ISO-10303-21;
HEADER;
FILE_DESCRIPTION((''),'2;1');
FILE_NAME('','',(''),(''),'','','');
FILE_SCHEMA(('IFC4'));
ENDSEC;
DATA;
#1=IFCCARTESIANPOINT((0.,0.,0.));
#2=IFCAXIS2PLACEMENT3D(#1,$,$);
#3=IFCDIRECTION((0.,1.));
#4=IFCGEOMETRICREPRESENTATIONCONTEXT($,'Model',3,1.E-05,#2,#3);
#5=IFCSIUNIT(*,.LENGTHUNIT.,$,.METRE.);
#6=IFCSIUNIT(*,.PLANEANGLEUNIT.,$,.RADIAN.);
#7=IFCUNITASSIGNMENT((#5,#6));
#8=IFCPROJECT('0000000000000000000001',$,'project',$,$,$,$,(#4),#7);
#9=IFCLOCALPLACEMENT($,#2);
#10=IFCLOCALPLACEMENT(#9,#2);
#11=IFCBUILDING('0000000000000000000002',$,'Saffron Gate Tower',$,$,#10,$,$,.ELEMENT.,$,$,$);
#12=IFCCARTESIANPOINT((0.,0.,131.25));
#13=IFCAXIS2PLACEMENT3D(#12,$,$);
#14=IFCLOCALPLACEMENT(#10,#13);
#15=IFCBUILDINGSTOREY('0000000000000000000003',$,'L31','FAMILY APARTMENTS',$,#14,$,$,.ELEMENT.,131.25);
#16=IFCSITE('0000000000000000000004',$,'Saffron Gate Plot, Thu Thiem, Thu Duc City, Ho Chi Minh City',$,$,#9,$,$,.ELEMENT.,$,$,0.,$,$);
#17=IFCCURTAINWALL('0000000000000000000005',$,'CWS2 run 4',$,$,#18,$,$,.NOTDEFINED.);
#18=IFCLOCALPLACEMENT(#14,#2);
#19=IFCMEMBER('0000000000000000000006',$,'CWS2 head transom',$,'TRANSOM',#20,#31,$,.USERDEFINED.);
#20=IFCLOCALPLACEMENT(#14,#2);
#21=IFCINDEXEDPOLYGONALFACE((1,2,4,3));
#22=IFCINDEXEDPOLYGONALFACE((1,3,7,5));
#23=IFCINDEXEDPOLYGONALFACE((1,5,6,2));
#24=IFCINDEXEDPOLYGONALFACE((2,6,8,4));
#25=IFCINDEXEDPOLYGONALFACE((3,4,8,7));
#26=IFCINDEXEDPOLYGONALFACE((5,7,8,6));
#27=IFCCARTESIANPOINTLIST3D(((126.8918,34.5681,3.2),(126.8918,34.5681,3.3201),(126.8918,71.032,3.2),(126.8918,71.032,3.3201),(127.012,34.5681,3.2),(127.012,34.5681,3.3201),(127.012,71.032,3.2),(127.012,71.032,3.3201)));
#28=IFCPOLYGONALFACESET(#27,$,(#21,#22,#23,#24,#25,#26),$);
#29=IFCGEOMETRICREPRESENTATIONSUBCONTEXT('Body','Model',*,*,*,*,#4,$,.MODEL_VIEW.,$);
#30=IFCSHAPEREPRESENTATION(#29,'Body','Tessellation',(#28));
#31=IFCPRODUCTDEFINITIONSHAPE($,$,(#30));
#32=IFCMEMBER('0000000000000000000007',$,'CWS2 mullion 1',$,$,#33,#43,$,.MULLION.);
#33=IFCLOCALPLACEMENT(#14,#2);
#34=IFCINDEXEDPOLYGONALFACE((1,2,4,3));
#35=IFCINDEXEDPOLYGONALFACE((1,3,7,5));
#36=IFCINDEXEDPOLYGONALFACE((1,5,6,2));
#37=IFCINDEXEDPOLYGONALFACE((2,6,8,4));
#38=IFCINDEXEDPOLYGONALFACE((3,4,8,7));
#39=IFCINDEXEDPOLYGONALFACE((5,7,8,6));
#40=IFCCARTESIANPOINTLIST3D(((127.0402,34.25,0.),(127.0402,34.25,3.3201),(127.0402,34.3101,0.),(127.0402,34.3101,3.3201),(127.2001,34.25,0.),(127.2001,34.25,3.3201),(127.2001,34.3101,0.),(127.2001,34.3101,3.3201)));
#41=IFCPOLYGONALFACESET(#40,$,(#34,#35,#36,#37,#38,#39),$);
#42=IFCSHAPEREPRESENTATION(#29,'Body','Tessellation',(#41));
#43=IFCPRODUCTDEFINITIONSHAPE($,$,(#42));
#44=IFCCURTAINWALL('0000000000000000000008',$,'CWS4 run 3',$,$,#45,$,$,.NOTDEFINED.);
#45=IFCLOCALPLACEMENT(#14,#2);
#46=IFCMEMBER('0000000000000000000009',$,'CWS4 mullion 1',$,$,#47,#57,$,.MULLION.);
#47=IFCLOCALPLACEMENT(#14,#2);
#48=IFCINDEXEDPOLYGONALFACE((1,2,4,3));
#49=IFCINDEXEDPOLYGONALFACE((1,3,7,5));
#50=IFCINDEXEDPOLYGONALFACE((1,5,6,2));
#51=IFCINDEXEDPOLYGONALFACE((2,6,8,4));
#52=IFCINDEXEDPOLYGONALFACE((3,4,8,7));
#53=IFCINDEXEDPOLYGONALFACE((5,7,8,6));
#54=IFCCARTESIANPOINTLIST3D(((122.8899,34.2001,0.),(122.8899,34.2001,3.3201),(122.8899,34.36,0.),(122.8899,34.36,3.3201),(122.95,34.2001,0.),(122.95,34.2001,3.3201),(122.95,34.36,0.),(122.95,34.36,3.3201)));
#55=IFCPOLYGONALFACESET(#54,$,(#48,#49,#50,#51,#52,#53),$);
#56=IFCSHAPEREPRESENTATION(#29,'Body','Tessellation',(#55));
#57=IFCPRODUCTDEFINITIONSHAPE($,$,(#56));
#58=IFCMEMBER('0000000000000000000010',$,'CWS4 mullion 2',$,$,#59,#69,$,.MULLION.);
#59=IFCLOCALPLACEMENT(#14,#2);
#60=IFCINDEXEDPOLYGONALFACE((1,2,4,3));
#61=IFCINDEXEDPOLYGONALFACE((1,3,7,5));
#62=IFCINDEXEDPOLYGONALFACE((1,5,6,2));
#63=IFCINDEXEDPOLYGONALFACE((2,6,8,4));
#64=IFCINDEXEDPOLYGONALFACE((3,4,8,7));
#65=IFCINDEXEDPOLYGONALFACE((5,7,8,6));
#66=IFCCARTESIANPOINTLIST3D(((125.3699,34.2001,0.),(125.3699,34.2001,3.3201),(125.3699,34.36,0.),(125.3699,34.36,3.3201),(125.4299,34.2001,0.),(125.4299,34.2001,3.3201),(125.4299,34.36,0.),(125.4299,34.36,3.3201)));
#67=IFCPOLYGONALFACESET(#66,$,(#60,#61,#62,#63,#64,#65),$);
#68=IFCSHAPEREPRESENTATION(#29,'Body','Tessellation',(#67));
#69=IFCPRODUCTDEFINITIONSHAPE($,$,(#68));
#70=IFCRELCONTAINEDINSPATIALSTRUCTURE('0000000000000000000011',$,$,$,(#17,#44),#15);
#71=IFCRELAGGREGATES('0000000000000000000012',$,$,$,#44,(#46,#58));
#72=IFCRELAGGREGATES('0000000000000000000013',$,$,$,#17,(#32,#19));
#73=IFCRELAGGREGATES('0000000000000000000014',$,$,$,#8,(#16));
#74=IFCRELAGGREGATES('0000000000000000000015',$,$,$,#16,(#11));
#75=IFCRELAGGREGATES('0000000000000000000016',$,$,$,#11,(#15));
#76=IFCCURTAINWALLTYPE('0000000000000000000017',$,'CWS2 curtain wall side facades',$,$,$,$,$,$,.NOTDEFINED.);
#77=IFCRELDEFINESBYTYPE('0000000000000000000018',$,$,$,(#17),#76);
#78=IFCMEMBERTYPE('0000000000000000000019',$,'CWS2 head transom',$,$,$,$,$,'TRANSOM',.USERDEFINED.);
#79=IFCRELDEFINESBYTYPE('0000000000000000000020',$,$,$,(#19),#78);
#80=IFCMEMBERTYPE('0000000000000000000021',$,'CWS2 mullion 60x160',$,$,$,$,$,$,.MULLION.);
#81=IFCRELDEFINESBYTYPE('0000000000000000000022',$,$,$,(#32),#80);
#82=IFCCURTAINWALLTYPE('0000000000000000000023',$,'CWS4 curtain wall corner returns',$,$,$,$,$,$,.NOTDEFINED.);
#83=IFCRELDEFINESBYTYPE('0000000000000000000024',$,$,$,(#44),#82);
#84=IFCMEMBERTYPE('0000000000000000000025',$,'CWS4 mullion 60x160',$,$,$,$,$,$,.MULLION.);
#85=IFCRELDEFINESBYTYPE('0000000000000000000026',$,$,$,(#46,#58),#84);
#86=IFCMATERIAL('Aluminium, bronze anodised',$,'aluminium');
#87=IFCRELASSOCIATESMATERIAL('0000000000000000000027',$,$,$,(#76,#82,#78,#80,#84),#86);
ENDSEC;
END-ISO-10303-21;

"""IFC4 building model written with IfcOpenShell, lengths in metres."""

from ifc_helpers import new_model, si_unit, direction, frame, origin, origin_2d, place, context, subcontext, project, spatial, rectangle, extrude, material, material_profile, profile_set, type_object, element, aggregate, save


model = new_model("IFC4")

# Units and contexts
model_context = context("Model", 3, precision=1e-05, world=origin(), true_north=direction((0.0, 1.0)))
body_context = subcontext(model_context, "Body", "Model", "MODEL_VIEW")
ifc_project = project(units=[si_unit("LENGTHUNIT", "METRE"), si_unit("PLANEANGLEUNIT", "RADIAN")], contexts=[model_context])

# Site, building, storey
site_placement = place(None, origin())
site = spatial("IfcSite", under=ifc_project, at=site_placement, Name="Saffron Gate Plot, Thu Thiem, Thu Duc City, Ho Chi Minh City", CompositionType="ELEMENT", RefElevation=0.0)
building_placement = place(site_placement, origin())
building = spatial("IfcBuilding", under=site, at=building_placement, Name="Saffron Gate Tower", CompositionType="ELEMENT")
storey_placement = place(building_placement, frame((0.0, 0.0, 131.25)))
storey = spatial("IfcBuildingStorey", under=building, at=storey_placement, Name="L31", Description="FAMILY APARTMENTS", CompositionType="ELEMENT", Elevation=131.25)

# Curtain walls, members
ifc_material_1 = material(Name="Aluminium, bronze anodised", Category="aluminium")
curtain_wall_type_1 = type_object("IfcCurtainWallType", Name="CWS2 curtain wall side facades", PredefinedType="NOTDEFINED", material=ifc_material_1)
curtain_wall_1_placement = place(storey_placement, origin())
curtain_wall_1 = element("IfcCurtainWall", 1, at=curtain_wall_1_placement, inside=storey, type_object=curtain_wall_type_1, Name="CWS2 run 4", PredefinedType="NOTDEFINED")
ifc_material_profile_1 = material_profile(ifc_material_1, rectangle(XDim=0.1201, YDim=0.1201, at=origin_2d()))
ifc_profile_set_1 = profile_set([ifc_material_profile_1], Name="Aluminium, bronze anodised")
member_type_1 = type_object("IfcMemberType", Name="CWS2 head transom", ElementType="TRANSOM", PredefinedType="USERDEFINED", material=ifc_profile_set_1)
member_1_placement = place(storey_placement, frame((126.9519, 34.5681, 3.26), z_axis=(0.0, 1.0, 0.0), x_axis=(-1.0, 0.0, 0.0)))
member_1 = element("IfcMember", 2, at=member_1_placement, type_object=member_type_1, Name="CWS2 head transom", ObjectType="TRANSOM", PredefinedType="USERDEFINED", context=body_context, shape_type="SweptSolid", body=[
    extrude(rectangle(XDim=0.1201, YDim=0.1201, at=origin_2d()), origin(), (0.0, 0.0, 1.0), 36.4639),
])
ifc_material_profile_2 = material_profile(ifc_material_1, rectangle(XDim=0.1599, YDim=0.0601, at=origin_2d()))
ifc_profile_set_2 = profile_set([ifc_material_profile_2], Name="Aluminium, bronze anodised")
member_type_2 = type_object("IfcMemberType", Name="CWS2 mullion 60x160", PredefinedType="MULLION", material=ifc_profile_set_2)
member_2_placement = place(storey_placement, frame((127.1201, 34.28, 0.0), z_axis=(0.0, 0.0, 1.0), x_axis=(-1.0, 0.0, 0.0)))
member_2 = element("IfcMember", 3, at=member_2_placement, type_object=member_type_2, Name="CWS2 mullion 1", PredefinedType="MULLION", context=body_context, shape_type="SweptSolid", body=[
    extrude(rectangle(XDim=0.1599, YDim=0.0601, at=origin_2d()), origin(), (0.0, 0.0, 1.0), 3.3201),
])
curtain_wall_type_2 = type_object("IfcCurtainWallType", Name="CWS4 curtain wall corner returns", PredefinedType="NOTDEFINED", material=ifc_material_1)
curtain_wall_2_placement = place(storey_placement, origin())
curtain_wall_2 = element("IfcCurtainWall", 4, at=curtain_wall_2_placement, inside=storey, type_object=curtain_wall_type_2, Name="CWS4 run 3", PredefinedType="NOTDEFINED")
ifc_material_profile_3 = material_profile(ifc_material_1, rectangle(XDim=0.1599, YDim=0.0601, at=origin_2d()))
ifc_profile_set_3 = profile_set([ifc_material_profile_3], Name="Aluminium, bronze anodised")
member_type_3 = type_object("IfcMemberType", Name="CWS4 mullion 60x160", PredefinedType="MULLION", material=ifc_profile_set_3)
member_3_placement = place(storey_placement, frame((122.9199, 34.28, 0.0), z_axis=(0.0, 0.0, 1.0), x_axis=(0.0, 1.0, 0.0)))
member_3 = element("IfcMember", 5, at=member_3_placement, type_object=member_type_3, Name="CWS4 mullion 1", PredefinedType="MULLION", context=body_context, shape_type="SweptSolid", body=[
    extrude(rectangle(XDim=0.1599, YDim=0.0601, at=origin_2d()), origin(), (0.0, 0.0, 1.0), 3.3201),
])
member_4_placement = place(storey_placement, frame((125.3999, 34.28, 0.0), z_axis=(0.0, 0.0, 1.0), x_axis=(0.0, 1.0, 0.0)))
member_4 = element("IfcMember", 6, at=member_4_placement, type_object=member_type_3, Name="CWS4 mullion 2", PredefinedType="MULLION", context=body_context, shape_type="SweptSolid", body=[
    extrude(rectangle(XDim=0.1599, YDim=0.0601, at=origin_2d()), origin(), (0.0, 0.0, 1.0), 3.3201),
])
aggregate(curtain_wall_2, [member_3, member_4])

aggregate(curtain_wall_1, [member_2, member_1])

save(model, "model.ifc")
